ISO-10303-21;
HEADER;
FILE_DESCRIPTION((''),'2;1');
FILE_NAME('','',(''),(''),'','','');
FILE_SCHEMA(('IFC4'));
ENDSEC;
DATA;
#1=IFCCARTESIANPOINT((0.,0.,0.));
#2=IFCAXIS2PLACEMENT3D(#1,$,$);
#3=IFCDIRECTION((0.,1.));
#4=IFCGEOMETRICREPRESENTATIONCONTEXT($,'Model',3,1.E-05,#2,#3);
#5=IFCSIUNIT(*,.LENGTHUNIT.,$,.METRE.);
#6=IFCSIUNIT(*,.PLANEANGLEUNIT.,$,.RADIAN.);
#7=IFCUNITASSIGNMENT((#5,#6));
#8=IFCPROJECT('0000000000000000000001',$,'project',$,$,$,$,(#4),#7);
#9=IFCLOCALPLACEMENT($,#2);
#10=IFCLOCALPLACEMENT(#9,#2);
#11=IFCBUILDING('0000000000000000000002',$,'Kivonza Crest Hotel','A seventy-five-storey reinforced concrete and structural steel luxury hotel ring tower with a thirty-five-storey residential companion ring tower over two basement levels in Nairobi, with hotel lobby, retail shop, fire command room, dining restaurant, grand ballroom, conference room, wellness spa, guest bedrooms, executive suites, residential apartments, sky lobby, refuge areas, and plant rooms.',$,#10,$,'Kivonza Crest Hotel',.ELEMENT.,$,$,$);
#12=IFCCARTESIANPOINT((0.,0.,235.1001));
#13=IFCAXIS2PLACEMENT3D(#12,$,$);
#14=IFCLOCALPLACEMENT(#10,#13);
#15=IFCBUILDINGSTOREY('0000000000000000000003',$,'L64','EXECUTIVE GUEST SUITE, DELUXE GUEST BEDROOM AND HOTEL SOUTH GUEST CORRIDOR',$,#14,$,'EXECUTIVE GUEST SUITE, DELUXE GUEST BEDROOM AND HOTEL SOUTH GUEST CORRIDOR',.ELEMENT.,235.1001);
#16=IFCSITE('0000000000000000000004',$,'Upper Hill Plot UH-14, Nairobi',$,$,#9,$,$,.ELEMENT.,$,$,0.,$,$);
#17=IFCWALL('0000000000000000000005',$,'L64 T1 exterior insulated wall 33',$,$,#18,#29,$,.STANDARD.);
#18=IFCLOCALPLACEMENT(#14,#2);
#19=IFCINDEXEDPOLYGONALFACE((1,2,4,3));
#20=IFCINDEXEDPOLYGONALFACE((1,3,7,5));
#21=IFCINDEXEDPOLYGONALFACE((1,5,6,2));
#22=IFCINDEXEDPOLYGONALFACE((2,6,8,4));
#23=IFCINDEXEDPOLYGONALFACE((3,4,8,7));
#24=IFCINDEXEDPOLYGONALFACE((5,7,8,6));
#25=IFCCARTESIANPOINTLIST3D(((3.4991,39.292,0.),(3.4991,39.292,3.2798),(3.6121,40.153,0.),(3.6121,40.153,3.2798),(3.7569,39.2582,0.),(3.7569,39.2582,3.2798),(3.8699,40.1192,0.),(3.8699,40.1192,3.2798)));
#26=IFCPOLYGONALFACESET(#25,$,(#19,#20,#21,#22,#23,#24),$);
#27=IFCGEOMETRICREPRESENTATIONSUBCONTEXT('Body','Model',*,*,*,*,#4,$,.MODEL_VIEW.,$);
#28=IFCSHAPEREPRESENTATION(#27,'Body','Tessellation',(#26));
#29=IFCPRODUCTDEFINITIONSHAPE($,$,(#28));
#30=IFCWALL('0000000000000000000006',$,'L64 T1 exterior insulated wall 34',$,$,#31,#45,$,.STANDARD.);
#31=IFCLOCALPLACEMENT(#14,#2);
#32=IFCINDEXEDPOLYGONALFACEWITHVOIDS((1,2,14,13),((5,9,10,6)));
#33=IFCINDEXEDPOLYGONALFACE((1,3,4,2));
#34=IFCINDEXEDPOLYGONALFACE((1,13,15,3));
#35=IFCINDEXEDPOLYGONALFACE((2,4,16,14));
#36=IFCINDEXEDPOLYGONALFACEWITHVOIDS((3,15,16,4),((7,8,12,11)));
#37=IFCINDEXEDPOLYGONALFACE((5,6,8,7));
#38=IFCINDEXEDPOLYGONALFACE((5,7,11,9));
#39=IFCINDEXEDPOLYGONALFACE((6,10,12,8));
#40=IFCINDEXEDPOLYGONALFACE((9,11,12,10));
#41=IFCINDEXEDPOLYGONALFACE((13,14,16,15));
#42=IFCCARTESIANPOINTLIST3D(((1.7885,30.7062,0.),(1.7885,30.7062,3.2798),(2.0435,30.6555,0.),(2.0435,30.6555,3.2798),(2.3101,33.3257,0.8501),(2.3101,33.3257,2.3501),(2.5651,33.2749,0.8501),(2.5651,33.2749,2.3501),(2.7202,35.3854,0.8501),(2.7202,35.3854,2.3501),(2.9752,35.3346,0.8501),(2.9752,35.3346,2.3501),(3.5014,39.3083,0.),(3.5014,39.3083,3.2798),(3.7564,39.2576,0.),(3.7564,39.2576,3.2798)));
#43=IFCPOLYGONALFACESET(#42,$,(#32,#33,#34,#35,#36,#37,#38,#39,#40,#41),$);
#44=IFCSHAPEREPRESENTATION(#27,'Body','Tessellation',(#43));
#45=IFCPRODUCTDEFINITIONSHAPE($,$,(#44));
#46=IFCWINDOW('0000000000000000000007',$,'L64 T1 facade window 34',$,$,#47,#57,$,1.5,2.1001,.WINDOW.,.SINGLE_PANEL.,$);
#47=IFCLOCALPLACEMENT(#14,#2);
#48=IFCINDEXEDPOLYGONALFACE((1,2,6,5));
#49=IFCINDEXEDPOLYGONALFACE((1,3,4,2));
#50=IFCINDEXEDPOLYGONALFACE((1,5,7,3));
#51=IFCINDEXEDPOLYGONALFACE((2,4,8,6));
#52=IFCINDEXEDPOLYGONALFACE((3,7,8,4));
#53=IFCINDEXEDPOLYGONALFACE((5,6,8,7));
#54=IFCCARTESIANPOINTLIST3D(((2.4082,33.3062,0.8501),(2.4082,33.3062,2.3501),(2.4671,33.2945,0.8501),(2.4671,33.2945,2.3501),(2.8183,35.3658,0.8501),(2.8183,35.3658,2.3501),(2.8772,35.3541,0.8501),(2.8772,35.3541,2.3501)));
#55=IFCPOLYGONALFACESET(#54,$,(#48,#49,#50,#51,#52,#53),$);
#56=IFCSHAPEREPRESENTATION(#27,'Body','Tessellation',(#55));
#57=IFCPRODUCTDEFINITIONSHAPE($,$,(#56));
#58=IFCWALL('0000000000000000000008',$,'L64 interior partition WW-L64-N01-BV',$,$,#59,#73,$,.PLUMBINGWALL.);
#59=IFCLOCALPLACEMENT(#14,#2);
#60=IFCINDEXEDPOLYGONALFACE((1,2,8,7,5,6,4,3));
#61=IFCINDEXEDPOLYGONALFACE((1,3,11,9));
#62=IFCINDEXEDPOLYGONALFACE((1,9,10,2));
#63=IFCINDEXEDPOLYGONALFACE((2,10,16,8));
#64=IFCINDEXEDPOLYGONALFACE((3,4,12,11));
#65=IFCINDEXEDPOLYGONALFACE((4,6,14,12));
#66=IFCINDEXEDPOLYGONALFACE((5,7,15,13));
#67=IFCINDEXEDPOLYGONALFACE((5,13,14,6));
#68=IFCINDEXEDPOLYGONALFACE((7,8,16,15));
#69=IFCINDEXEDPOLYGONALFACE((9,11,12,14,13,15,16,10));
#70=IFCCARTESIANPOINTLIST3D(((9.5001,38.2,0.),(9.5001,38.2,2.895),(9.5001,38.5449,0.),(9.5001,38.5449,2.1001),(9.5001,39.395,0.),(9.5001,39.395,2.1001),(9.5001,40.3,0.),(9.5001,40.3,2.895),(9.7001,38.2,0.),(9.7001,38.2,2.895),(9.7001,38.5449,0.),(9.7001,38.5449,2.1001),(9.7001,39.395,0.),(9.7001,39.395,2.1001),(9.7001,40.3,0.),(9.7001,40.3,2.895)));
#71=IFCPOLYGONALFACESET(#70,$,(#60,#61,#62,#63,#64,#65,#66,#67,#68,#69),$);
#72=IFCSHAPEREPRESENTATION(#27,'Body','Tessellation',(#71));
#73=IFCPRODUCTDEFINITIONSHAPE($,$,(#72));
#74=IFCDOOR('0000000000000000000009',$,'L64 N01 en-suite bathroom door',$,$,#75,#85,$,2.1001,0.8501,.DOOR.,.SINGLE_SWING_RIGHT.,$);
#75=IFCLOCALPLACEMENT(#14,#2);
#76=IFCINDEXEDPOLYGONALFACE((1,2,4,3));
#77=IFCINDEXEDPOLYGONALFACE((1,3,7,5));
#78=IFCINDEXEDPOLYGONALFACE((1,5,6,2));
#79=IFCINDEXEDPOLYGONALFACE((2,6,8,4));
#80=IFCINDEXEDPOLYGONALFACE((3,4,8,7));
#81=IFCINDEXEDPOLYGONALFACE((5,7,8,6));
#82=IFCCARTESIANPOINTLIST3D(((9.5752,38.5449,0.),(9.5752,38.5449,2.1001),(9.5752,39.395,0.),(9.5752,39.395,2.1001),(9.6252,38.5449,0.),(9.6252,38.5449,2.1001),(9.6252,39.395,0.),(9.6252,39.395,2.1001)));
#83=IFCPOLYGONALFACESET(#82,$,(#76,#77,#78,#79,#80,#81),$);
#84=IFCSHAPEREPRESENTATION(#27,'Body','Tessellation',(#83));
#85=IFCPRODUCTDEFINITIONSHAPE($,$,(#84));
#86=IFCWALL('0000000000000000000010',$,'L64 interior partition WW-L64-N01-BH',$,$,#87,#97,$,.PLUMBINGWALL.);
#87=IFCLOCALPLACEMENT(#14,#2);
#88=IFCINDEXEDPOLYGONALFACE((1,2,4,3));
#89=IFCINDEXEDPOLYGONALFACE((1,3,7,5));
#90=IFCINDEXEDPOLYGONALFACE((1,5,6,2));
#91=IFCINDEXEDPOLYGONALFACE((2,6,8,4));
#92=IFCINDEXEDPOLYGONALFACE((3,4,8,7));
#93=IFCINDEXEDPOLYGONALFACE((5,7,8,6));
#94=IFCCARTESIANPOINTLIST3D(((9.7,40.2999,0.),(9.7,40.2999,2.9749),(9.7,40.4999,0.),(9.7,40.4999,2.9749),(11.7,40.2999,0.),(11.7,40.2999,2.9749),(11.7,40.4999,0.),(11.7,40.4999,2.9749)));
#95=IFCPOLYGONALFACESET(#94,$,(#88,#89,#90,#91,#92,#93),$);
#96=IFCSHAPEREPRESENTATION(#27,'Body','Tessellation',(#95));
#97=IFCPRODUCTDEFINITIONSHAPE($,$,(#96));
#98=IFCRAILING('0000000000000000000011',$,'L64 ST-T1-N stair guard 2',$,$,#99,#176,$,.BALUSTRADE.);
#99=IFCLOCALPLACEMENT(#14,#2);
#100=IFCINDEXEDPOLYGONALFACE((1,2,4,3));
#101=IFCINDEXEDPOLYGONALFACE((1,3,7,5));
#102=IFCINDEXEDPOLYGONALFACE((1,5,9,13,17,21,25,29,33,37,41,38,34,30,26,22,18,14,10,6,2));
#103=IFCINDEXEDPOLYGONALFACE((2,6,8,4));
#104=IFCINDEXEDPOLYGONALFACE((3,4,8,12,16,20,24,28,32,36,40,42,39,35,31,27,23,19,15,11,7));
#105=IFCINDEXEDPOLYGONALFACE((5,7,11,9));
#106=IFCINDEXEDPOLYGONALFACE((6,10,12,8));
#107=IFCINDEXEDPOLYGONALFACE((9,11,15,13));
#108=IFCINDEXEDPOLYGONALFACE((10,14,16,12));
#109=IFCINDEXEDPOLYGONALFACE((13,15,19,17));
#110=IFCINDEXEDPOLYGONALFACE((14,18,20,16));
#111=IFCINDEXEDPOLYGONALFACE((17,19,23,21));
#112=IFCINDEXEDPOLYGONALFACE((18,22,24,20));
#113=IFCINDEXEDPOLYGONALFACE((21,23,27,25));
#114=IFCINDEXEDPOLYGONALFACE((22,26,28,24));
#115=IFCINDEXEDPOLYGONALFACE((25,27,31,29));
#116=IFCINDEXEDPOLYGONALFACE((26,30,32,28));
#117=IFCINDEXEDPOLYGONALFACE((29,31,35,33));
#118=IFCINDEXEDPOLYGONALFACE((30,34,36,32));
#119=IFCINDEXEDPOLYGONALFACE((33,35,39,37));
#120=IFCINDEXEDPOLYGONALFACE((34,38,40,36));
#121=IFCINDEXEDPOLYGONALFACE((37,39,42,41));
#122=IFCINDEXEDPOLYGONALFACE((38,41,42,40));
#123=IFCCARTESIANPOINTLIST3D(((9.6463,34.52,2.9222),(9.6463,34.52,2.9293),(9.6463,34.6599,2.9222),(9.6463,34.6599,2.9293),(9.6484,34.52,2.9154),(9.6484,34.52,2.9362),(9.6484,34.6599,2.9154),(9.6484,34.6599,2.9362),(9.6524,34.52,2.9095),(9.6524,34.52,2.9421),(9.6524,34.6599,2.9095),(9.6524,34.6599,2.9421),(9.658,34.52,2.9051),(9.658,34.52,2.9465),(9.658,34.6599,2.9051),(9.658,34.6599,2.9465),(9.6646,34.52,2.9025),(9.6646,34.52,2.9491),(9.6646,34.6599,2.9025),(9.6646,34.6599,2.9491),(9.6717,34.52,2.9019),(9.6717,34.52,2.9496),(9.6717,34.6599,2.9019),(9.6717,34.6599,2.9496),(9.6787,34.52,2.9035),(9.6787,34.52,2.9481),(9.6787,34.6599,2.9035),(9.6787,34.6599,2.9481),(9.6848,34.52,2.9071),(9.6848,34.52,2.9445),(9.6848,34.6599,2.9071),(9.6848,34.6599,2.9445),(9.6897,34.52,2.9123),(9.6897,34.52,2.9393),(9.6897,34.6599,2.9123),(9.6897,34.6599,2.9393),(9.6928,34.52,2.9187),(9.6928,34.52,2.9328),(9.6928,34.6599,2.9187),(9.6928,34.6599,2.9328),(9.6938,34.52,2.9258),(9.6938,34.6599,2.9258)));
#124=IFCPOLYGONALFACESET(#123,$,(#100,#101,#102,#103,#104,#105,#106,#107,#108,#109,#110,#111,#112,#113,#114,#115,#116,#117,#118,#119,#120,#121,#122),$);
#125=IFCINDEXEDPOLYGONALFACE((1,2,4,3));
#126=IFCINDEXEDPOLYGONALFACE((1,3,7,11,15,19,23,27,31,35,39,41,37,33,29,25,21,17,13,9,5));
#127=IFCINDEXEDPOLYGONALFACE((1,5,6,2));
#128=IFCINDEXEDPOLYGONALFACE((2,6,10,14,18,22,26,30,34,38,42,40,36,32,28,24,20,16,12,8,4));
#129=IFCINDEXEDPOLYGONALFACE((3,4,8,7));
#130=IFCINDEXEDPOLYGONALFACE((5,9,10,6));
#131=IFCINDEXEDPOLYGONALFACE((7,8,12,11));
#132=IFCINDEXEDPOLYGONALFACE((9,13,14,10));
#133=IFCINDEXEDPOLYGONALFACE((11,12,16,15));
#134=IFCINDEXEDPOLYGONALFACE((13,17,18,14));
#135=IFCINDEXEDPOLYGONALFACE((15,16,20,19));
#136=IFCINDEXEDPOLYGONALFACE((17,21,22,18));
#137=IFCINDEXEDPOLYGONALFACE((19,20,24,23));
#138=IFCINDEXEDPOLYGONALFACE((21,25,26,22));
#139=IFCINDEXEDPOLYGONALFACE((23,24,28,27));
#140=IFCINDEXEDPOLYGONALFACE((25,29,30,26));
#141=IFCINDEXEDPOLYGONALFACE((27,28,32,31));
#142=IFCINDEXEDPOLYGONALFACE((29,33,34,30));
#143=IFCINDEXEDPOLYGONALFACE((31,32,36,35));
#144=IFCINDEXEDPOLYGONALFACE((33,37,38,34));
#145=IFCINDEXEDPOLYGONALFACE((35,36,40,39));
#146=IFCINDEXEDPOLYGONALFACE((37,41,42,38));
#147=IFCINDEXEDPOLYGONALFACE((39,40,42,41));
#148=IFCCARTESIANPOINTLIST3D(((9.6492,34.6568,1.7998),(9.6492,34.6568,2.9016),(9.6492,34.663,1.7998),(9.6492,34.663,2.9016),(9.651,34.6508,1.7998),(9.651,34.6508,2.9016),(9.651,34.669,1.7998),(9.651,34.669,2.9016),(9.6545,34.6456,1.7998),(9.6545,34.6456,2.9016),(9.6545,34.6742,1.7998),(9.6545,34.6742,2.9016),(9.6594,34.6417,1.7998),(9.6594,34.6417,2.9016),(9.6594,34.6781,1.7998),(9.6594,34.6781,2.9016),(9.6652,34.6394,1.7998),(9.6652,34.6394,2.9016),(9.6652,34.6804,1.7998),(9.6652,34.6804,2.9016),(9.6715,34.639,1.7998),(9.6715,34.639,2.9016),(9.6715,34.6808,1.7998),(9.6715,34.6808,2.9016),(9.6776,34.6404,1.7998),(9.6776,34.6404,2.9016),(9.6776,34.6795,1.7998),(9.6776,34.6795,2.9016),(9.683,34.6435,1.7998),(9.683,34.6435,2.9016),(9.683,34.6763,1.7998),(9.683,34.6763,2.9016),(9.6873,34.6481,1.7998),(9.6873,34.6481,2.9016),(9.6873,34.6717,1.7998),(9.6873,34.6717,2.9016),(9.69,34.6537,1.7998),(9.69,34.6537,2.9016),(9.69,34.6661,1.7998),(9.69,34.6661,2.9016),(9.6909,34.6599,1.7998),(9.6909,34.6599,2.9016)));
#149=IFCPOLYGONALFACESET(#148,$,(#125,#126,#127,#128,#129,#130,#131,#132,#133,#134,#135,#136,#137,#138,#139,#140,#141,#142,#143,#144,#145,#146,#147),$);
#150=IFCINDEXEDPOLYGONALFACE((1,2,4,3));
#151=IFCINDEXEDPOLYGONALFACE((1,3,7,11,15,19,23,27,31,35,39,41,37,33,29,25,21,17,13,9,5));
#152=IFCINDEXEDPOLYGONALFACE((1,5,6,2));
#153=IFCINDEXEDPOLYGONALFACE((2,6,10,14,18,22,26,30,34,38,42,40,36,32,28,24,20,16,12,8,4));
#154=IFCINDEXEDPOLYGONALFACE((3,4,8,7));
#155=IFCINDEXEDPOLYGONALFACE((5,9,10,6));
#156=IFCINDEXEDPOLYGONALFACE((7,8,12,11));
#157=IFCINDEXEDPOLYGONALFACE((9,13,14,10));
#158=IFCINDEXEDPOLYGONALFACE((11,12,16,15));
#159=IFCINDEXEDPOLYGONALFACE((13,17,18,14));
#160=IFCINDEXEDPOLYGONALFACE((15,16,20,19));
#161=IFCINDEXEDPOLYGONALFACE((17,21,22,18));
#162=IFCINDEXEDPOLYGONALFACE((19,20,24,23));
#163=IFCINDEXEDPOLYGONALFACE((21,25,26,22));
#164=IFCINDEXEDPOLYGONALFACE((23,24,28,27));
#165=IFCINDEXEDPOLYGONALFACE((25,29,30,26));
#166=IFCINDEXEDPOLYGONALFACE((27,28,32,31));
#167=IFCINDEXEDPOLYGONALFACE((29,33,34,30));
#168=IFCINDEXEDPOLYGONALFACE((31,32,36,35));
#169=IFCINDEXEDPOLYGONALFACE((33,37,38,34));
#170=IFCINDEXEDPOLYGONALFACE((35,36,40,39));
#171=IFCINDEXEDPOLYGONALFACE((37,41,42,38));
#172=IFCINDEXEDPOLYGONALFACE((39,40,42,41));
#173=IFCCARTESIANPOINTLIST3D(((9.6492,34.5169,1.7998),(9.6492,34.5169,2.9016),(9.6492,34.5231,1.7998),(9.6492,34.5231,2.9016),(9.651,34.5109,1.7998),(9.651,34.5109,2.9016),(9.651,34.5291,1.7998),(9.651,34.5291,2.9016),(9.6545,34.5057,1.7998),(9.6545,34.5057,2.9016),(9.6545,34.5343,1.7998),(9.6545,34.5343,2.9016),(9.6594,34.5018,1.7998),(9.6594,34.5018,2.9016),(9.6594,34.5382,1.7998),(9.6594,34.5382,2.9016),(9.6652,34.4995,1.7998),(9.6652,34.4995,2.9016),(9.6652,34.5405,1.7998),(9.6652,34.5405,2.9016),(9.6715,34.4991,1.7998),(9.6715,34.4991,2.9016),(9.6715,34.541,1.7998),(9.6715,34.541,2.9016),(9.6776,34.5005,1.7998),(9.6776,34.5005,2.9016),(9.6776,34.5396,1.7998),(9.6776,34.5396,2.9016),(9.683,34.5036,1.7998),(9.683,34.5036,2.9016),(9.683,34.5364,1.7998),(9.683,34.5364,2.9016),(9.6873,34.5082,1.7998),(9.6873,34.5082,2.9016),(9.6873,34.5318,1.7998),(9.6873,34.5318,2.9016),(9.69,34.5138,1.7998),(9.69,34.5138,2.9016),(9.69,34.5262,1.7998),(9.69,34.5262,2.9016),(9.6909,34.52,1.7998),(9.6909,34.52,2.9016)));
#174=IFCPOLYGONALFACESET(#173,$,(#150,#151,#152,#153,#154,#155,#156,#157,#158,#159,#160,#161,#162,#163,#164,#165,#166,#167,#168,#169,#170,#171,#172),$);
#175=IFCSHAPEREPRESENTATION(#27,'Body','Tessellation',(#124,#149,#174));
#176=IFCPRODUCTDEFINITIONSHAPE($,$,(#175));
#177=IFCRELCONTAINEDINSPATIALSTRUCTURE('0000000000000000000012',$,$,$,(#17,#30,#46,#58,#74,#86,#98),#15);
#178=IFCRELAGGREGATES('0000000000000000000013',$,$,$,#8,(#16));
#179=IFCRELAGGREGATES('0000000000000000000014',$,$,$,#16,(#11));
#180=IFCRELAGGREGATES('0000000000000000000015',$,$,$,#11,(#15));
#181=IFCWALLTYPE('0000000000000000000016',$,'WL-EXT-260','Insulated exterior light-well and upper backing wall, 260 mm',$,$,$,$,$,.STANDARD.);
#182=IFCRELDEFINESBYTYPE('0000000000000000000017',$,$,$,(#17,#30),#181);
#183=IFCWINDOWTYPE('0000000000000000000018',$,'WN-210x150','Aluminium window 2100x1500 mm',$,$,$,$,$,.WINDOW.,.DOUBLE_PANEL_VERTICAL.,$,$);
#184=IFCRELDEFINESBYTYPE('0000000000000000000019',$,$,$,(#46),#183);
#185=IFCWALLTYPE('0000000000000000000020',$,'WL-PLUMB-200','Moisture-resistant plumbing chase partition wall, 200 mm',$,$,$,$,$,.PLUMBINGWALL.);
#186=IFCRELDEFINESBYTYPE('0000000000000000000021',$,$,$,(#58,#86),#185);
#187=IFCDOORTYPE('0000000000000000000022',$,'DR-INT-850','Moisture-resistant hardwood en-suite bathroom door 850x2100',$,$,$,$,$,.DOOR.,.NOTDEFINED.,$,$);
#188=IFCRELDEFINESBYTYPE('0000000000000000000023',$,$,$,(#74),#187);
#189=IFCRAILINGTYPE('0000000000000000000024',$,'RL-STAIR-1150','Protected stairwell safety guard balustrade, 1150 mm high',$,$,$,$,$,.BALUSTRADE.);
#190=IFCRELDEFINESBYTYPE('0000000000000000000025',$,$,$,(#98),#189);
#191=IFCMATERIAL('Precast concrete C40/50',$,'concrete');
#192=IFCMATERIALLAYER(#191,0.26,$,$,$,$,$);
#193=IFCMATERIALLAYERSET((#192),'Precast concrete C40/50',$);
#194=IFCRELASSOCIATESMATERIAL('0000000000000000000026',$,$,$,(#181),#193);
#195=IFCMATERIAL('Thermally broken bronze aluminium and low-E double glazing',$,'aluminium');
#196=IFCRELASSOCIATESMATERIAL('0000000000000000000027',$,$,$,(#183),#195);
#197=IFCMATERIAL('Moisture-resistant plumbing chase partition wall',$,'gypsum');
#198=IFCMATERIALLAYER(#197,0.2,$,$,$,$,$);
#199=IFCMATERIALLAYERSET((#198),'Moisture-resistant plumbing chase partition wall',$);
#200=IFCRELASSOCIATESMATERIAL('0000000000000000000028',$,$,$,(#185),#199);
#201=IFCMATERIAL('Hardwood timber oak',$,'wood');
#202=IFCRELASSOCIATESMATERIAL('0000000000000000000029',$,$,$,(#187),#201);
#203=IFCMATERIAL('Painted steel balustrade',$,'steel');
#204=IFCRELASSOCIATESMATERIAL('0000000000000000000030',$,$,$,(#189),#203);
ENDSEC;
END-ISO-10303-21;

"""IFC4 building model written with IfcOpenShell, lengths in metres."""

from ifc_helpers import new_model, si_unit, direction, frame, frame_2d, origin, origin_2d, place, context, subcontext, project, spatial, rectangle, circle, extrude, material, layer, layer_set, type_object, element, fill, save


model = new_model("IFC4")

# Units and contexts
model_context = context("Model", 3, precision=1e-05, world=origin(), true_north=direction((0.0, 1.0)))
body_context = subcontext(model_context, "Body", "Model", "MODEL_VIEW")
ifc_project = project(units=[si_unit("LENGTHUNIT", "METRE"), si_unit("PLANEANGLEUNIT", "RADIAN")], contexts=[model_context])

# Site, building, storey
site_placement = place(None, origin())
site = spatial("IfcSite", under=ifc_project, at=site_placement, Name="Upper Hill Plot UH-14, Nairobi", CompositionType="ELEMENT", RefElevation=0.0)
building_placement = place(site_placement, origin())
building = spatial("IfcBuilding", under=site, at=building_placement, Name="Kivonza Crest Hotel", Description="A seventy-five-storey reinforced concrete and structural steel luxury hotel ring tower with a thirty-five-storey residential companion ring tower over two basement levels in Nairobi, with hotel lobby, retail shop, fire command room, dining restaurant, grand ballroom, conference room, wellness spa, guest bedrooms, executive suites, residential apartments, sky lobby, refuge areas, and plant rooms.", LongName="Kivonza Crest Hotel", CompositionType="ELEMENT")
storey_placement = place(building_placement, frame((0.0, 0.0, 235.1001)))
storey = spatial("IfcBuildingStorey", under=building, at=storey_placement, Name="L64", Description="EXECUTIVE GUEST SUITE, DELUXE GUEST BEDROOM AND HOTEL SOUTH GUEST CORRIDOR", LongName="EXECUTIVE GUEST SUITE, DELUXE GUEST BEDROOM AND HOTEL SOUTH GUEST CORRIDOR", CompositionType="ELEMENT", Elevation=235.1001)

# Shared definitions
ifc_material_1 = material(Name="Hardwood timber oak", Category="wood")

# Wall
ifc_material_2 = material(Name="Precast concrete C40/50", Category="concrete")
ifc_layer_1 = layer(ifc_material_2, 0.26)
ifc_layer_set_1 = layer_set([ifc_layer_1], Name="Precast concrete C40/50")
wall_type_1 = type_object("IfcWallType", Name="WL-EXT-260", Description="Insulated exterior light-well and upper backing wall, 260 mm", PredefinedType="STANDARD", material=ifc_layer_set_1)
wall_1_placement = place(storey_placement, frame((3.741, 40.136, 0.0), z_axis=(0.0, 0.0, 1.0), x_axis=(-0.130156, -0.991493, 0.0)))
element("IfcWall", 1, at=wall_1_placement, inside=storey, type_object=wall_type_1, Name="L64 T1 exterior insulated wall 33", PredefinedType="STANDARD", context=body_context, shape_type="SweptSolid", body=[
    extrude(rectangle(XDim=0.8684, YDim=0.26, at=frame_2d((0.4341, 0.0))), origin(), (0.0, 0.0, 1.0), 3.2798),
])

# Wall, opening, window
wall_2_placement = place(storey_placement, frame((3.6289, 39.283, 0.0), z_axis=(0.0, 0.0, 1.0), x_axis=(-0.195292, -0.980745, 0.0)))
wall_2 = element("IfcWall", 2, at=wall_2_placement, inside=storey, type_object=wall_type_1, Name="L64 T1 exterior insulated wall 34", PredefinedType="STANDARD", context=body_context, shape_type="SweptSolid", body=[
    extrude(rectangle(XDim=8.771, YDim=0.26, at=frame_2d((4.3855, 0.0))), origin(), (0.0, 0.0, 1.0), 3.2798),
])
opening_1_placement = place(wall_2_placement, frame((4.0, 0.0, 0.8501)))
opening_1 = element("IfcOpeningElement", 3, at=opening_1_placement, cuts=wall_2, PredefinedType="OPENING", context=body_context, shape_type="SweptSolid", body=[
    extrude(rectangle(XDim=2.1001, YDim=1.5, at=frame_2d((1.05, 0.75))), frame((0.0, 0.1401, 0.0), z_axis=(0.0, -1.0, 0.0), x_axis=(1.0, 0.0, 0.0)), (0.0, 0.0, 1.0), 0.28),
])
ifc_material_3 = material(Name="Thermally broken bronze aluminium and low-E double glazing", Category="aluminium")
window_type = type_object("IfcWindowType", Name="WN-210x150", Description="Aluminium window 2100x1500 mm", PartitioningType="DOUBLE_PANEL_VERTICAL", PredefinedType="WINDOW", material=ifc_material_3)
window_placement = place(opening_1_placement, origin())
window = element("IfcWindow", 4, at=window_placement, inside=storey, type_object=window_type, Name="L64 T1 facade window 34", OverallHeight=1.5, OverallWidth=2.1001, PartitioningType="SINGLE_PANEL", PredefinedType="WINDOW", context=body_context, shape_type="SweptSolid", body=[
    extrude(rectangle(XDim=2.1001, YDim=1.5, at=frame_2d((1.05, 0.75))), frame((0.0, 0.03, 0.0), z_axis=(0.0, -1.0, 0.0), x_axis=(1.0, 0.0, 0.0)), (0.0, 0.0, 1.0), 0.0601),
])
fill(opening_1, window)

# Wall, opening, door
ifc_material_4 = material(Name="Moisture-resistant plumbing chase partition wall", Category="gypsum")
ifc_layer_2 = layer(ifc_material_4, 0.2)
ifc_layer_set_2 = layer_set([ifc_layer_2], Name="Moisture-resistant plumbing chase partition wall")
wall_type_2 = type_object("IfcWallType", Name="WL-PLUMB-200", Description="Moisture-resistant plumbing chase partition wall, 200 mm", PredefinedType="PLUMBINGWALL", material=ifc_layer_set_2)
wall_3_placement = place(storey_placement, frame((9.6001, 38.2, 0.0), z_axis=(0.0, 0.0, 1.0), x_axis=(0.0, 1.0, 0.0)))
wall_3 = element("IfcWall", 5, at=wall_3_placement, inside=storey, type_object=wall_type_2, Name="L64 interior partition WW-L64-N01-BV", PredefinedType="PLUMBINGWALL", context=body_context, shape_type="SweptSolid", body=[
    extrude(rectangle(XDim=2.1001, YDim=0.2, at=frame_2d((1.05, 0.0))), origin(), (0.0, 0.0, 1.0), 2.895),
])
opening_2_placement = place(wall_3_placement, frame((0.345, 0.0, 0.0)))
opening_2 = element("IfcOpeningElement", 6, at=opening_2_placement, cuts=wall_3, PredefinedType="OPENING", context=body_context, shape_type="SweptSolid", body=[
    extrude(rectangle(XDim=0.8501, YDim=2.1001, at=frame_2d((0.425, 1.05))), frame((0.0, 0.1099, 0.0), z_axis=(0.0, -1.0, 0.0), x_axis=(1.0, 0.0, 0.0)), (0.0, 0.0, 1.0), 0.22),
])
door_type_1 = type_object("IfcDoorType", Name="DR-INT-850", Description="Moisture-resistant hardwood en-suite bathroom door 850x2100", OperationType="NOTDEFINED", PredefinedType="DOOR", material=ifc_material_1)
door_1_placement = place(opening_2_placement, origin())
door_1 = element("IfcDoor", 7, at=door_1_placement, inside=storey, type_object=door_type_1, Name="L64 N01 en-suite bathroom door", OperationType="SINGLE_SWING_RIGHT", OverallHeight=2.1001, OverallWidth=0.8501, PredefinedType="DOOR", context=body_context, shape_type="SweptSolid", body=[
    extrude(rectangle(XDim=0.8501, YDim=2.1001, at=frame_2d((0.425, 1.05))), frame((0.0, 0.0249, 0.0), z_axis=(0.0, -1.0, 0.0), x_axis=(1.0, 0.0, 0.0)), (0.0, 0.0, 1.0), 0.05),
])
fill(opening_2, door_1)

# Wall
wall_4_placement = place(storey_placement, frame((9.7, 40.3999, 0.0), z_axis=(0.0, 0.0, 1.0), x_axis=(1.0, 0.0, 0.0)))
element("IfcWall", 8, at=wall_4_placement, inside=storey, type_object=wall_type_2, Name="L64 interior partition WW-L64-N01-BH", PredefinedType="PLUMBINGWALL", context=body_context, shape_type="SweptSolid", body=[
    extrude(rectangle(XDim=2.0, YDim=0.2, at=frame_2d((1.0, 0.0))), origin(), (0.0, 0.0, 1.0), 2.9749),
])

# Railing
ifc_material_5 = material(Name="Painted steel balustrade", Category="steel")
railing_type = type_object("IfcRailingType", Name="RL-STAIR-1150", Description="Protected stairwell safety guard balustrade, 1150 mm high", PredefinedType="BALUSTRADE", material=ifc_material_5)
railing_placement = place(storey_placement, frame((9.6699, 34.6599, 1.7998)))
element("IfcRailing", 9, at=railing_placement, inside=storey, type_object=railing_type, Name="L64 ST-T1-N stair guard 2", PredefinedType="BALUSTRADE", context=body_context, shape_type="SweptSolid", body=[
    extrude(circle(Radius=0.0239, at=origin_2d()), frame((0.0, 0.0, 1.126), z_axis=(0.0, -1.0, 0.0), x_axis=(1.0, 0.0, 0.0)), (0.0, 0.0, 1.0), 0.1399),
    extrude(circle(Radius=0.021, at=origin_2d()), origin(), (0.0, 0.0, 1.0), 1.1018),
    extrude(circle(Radius=0.021, at=origin_2d()), frame((0.0, -0.1399, 0.0)), (0.0, 0.0, 1.0), 1.1018),
])

save(model, "model.ifc")
